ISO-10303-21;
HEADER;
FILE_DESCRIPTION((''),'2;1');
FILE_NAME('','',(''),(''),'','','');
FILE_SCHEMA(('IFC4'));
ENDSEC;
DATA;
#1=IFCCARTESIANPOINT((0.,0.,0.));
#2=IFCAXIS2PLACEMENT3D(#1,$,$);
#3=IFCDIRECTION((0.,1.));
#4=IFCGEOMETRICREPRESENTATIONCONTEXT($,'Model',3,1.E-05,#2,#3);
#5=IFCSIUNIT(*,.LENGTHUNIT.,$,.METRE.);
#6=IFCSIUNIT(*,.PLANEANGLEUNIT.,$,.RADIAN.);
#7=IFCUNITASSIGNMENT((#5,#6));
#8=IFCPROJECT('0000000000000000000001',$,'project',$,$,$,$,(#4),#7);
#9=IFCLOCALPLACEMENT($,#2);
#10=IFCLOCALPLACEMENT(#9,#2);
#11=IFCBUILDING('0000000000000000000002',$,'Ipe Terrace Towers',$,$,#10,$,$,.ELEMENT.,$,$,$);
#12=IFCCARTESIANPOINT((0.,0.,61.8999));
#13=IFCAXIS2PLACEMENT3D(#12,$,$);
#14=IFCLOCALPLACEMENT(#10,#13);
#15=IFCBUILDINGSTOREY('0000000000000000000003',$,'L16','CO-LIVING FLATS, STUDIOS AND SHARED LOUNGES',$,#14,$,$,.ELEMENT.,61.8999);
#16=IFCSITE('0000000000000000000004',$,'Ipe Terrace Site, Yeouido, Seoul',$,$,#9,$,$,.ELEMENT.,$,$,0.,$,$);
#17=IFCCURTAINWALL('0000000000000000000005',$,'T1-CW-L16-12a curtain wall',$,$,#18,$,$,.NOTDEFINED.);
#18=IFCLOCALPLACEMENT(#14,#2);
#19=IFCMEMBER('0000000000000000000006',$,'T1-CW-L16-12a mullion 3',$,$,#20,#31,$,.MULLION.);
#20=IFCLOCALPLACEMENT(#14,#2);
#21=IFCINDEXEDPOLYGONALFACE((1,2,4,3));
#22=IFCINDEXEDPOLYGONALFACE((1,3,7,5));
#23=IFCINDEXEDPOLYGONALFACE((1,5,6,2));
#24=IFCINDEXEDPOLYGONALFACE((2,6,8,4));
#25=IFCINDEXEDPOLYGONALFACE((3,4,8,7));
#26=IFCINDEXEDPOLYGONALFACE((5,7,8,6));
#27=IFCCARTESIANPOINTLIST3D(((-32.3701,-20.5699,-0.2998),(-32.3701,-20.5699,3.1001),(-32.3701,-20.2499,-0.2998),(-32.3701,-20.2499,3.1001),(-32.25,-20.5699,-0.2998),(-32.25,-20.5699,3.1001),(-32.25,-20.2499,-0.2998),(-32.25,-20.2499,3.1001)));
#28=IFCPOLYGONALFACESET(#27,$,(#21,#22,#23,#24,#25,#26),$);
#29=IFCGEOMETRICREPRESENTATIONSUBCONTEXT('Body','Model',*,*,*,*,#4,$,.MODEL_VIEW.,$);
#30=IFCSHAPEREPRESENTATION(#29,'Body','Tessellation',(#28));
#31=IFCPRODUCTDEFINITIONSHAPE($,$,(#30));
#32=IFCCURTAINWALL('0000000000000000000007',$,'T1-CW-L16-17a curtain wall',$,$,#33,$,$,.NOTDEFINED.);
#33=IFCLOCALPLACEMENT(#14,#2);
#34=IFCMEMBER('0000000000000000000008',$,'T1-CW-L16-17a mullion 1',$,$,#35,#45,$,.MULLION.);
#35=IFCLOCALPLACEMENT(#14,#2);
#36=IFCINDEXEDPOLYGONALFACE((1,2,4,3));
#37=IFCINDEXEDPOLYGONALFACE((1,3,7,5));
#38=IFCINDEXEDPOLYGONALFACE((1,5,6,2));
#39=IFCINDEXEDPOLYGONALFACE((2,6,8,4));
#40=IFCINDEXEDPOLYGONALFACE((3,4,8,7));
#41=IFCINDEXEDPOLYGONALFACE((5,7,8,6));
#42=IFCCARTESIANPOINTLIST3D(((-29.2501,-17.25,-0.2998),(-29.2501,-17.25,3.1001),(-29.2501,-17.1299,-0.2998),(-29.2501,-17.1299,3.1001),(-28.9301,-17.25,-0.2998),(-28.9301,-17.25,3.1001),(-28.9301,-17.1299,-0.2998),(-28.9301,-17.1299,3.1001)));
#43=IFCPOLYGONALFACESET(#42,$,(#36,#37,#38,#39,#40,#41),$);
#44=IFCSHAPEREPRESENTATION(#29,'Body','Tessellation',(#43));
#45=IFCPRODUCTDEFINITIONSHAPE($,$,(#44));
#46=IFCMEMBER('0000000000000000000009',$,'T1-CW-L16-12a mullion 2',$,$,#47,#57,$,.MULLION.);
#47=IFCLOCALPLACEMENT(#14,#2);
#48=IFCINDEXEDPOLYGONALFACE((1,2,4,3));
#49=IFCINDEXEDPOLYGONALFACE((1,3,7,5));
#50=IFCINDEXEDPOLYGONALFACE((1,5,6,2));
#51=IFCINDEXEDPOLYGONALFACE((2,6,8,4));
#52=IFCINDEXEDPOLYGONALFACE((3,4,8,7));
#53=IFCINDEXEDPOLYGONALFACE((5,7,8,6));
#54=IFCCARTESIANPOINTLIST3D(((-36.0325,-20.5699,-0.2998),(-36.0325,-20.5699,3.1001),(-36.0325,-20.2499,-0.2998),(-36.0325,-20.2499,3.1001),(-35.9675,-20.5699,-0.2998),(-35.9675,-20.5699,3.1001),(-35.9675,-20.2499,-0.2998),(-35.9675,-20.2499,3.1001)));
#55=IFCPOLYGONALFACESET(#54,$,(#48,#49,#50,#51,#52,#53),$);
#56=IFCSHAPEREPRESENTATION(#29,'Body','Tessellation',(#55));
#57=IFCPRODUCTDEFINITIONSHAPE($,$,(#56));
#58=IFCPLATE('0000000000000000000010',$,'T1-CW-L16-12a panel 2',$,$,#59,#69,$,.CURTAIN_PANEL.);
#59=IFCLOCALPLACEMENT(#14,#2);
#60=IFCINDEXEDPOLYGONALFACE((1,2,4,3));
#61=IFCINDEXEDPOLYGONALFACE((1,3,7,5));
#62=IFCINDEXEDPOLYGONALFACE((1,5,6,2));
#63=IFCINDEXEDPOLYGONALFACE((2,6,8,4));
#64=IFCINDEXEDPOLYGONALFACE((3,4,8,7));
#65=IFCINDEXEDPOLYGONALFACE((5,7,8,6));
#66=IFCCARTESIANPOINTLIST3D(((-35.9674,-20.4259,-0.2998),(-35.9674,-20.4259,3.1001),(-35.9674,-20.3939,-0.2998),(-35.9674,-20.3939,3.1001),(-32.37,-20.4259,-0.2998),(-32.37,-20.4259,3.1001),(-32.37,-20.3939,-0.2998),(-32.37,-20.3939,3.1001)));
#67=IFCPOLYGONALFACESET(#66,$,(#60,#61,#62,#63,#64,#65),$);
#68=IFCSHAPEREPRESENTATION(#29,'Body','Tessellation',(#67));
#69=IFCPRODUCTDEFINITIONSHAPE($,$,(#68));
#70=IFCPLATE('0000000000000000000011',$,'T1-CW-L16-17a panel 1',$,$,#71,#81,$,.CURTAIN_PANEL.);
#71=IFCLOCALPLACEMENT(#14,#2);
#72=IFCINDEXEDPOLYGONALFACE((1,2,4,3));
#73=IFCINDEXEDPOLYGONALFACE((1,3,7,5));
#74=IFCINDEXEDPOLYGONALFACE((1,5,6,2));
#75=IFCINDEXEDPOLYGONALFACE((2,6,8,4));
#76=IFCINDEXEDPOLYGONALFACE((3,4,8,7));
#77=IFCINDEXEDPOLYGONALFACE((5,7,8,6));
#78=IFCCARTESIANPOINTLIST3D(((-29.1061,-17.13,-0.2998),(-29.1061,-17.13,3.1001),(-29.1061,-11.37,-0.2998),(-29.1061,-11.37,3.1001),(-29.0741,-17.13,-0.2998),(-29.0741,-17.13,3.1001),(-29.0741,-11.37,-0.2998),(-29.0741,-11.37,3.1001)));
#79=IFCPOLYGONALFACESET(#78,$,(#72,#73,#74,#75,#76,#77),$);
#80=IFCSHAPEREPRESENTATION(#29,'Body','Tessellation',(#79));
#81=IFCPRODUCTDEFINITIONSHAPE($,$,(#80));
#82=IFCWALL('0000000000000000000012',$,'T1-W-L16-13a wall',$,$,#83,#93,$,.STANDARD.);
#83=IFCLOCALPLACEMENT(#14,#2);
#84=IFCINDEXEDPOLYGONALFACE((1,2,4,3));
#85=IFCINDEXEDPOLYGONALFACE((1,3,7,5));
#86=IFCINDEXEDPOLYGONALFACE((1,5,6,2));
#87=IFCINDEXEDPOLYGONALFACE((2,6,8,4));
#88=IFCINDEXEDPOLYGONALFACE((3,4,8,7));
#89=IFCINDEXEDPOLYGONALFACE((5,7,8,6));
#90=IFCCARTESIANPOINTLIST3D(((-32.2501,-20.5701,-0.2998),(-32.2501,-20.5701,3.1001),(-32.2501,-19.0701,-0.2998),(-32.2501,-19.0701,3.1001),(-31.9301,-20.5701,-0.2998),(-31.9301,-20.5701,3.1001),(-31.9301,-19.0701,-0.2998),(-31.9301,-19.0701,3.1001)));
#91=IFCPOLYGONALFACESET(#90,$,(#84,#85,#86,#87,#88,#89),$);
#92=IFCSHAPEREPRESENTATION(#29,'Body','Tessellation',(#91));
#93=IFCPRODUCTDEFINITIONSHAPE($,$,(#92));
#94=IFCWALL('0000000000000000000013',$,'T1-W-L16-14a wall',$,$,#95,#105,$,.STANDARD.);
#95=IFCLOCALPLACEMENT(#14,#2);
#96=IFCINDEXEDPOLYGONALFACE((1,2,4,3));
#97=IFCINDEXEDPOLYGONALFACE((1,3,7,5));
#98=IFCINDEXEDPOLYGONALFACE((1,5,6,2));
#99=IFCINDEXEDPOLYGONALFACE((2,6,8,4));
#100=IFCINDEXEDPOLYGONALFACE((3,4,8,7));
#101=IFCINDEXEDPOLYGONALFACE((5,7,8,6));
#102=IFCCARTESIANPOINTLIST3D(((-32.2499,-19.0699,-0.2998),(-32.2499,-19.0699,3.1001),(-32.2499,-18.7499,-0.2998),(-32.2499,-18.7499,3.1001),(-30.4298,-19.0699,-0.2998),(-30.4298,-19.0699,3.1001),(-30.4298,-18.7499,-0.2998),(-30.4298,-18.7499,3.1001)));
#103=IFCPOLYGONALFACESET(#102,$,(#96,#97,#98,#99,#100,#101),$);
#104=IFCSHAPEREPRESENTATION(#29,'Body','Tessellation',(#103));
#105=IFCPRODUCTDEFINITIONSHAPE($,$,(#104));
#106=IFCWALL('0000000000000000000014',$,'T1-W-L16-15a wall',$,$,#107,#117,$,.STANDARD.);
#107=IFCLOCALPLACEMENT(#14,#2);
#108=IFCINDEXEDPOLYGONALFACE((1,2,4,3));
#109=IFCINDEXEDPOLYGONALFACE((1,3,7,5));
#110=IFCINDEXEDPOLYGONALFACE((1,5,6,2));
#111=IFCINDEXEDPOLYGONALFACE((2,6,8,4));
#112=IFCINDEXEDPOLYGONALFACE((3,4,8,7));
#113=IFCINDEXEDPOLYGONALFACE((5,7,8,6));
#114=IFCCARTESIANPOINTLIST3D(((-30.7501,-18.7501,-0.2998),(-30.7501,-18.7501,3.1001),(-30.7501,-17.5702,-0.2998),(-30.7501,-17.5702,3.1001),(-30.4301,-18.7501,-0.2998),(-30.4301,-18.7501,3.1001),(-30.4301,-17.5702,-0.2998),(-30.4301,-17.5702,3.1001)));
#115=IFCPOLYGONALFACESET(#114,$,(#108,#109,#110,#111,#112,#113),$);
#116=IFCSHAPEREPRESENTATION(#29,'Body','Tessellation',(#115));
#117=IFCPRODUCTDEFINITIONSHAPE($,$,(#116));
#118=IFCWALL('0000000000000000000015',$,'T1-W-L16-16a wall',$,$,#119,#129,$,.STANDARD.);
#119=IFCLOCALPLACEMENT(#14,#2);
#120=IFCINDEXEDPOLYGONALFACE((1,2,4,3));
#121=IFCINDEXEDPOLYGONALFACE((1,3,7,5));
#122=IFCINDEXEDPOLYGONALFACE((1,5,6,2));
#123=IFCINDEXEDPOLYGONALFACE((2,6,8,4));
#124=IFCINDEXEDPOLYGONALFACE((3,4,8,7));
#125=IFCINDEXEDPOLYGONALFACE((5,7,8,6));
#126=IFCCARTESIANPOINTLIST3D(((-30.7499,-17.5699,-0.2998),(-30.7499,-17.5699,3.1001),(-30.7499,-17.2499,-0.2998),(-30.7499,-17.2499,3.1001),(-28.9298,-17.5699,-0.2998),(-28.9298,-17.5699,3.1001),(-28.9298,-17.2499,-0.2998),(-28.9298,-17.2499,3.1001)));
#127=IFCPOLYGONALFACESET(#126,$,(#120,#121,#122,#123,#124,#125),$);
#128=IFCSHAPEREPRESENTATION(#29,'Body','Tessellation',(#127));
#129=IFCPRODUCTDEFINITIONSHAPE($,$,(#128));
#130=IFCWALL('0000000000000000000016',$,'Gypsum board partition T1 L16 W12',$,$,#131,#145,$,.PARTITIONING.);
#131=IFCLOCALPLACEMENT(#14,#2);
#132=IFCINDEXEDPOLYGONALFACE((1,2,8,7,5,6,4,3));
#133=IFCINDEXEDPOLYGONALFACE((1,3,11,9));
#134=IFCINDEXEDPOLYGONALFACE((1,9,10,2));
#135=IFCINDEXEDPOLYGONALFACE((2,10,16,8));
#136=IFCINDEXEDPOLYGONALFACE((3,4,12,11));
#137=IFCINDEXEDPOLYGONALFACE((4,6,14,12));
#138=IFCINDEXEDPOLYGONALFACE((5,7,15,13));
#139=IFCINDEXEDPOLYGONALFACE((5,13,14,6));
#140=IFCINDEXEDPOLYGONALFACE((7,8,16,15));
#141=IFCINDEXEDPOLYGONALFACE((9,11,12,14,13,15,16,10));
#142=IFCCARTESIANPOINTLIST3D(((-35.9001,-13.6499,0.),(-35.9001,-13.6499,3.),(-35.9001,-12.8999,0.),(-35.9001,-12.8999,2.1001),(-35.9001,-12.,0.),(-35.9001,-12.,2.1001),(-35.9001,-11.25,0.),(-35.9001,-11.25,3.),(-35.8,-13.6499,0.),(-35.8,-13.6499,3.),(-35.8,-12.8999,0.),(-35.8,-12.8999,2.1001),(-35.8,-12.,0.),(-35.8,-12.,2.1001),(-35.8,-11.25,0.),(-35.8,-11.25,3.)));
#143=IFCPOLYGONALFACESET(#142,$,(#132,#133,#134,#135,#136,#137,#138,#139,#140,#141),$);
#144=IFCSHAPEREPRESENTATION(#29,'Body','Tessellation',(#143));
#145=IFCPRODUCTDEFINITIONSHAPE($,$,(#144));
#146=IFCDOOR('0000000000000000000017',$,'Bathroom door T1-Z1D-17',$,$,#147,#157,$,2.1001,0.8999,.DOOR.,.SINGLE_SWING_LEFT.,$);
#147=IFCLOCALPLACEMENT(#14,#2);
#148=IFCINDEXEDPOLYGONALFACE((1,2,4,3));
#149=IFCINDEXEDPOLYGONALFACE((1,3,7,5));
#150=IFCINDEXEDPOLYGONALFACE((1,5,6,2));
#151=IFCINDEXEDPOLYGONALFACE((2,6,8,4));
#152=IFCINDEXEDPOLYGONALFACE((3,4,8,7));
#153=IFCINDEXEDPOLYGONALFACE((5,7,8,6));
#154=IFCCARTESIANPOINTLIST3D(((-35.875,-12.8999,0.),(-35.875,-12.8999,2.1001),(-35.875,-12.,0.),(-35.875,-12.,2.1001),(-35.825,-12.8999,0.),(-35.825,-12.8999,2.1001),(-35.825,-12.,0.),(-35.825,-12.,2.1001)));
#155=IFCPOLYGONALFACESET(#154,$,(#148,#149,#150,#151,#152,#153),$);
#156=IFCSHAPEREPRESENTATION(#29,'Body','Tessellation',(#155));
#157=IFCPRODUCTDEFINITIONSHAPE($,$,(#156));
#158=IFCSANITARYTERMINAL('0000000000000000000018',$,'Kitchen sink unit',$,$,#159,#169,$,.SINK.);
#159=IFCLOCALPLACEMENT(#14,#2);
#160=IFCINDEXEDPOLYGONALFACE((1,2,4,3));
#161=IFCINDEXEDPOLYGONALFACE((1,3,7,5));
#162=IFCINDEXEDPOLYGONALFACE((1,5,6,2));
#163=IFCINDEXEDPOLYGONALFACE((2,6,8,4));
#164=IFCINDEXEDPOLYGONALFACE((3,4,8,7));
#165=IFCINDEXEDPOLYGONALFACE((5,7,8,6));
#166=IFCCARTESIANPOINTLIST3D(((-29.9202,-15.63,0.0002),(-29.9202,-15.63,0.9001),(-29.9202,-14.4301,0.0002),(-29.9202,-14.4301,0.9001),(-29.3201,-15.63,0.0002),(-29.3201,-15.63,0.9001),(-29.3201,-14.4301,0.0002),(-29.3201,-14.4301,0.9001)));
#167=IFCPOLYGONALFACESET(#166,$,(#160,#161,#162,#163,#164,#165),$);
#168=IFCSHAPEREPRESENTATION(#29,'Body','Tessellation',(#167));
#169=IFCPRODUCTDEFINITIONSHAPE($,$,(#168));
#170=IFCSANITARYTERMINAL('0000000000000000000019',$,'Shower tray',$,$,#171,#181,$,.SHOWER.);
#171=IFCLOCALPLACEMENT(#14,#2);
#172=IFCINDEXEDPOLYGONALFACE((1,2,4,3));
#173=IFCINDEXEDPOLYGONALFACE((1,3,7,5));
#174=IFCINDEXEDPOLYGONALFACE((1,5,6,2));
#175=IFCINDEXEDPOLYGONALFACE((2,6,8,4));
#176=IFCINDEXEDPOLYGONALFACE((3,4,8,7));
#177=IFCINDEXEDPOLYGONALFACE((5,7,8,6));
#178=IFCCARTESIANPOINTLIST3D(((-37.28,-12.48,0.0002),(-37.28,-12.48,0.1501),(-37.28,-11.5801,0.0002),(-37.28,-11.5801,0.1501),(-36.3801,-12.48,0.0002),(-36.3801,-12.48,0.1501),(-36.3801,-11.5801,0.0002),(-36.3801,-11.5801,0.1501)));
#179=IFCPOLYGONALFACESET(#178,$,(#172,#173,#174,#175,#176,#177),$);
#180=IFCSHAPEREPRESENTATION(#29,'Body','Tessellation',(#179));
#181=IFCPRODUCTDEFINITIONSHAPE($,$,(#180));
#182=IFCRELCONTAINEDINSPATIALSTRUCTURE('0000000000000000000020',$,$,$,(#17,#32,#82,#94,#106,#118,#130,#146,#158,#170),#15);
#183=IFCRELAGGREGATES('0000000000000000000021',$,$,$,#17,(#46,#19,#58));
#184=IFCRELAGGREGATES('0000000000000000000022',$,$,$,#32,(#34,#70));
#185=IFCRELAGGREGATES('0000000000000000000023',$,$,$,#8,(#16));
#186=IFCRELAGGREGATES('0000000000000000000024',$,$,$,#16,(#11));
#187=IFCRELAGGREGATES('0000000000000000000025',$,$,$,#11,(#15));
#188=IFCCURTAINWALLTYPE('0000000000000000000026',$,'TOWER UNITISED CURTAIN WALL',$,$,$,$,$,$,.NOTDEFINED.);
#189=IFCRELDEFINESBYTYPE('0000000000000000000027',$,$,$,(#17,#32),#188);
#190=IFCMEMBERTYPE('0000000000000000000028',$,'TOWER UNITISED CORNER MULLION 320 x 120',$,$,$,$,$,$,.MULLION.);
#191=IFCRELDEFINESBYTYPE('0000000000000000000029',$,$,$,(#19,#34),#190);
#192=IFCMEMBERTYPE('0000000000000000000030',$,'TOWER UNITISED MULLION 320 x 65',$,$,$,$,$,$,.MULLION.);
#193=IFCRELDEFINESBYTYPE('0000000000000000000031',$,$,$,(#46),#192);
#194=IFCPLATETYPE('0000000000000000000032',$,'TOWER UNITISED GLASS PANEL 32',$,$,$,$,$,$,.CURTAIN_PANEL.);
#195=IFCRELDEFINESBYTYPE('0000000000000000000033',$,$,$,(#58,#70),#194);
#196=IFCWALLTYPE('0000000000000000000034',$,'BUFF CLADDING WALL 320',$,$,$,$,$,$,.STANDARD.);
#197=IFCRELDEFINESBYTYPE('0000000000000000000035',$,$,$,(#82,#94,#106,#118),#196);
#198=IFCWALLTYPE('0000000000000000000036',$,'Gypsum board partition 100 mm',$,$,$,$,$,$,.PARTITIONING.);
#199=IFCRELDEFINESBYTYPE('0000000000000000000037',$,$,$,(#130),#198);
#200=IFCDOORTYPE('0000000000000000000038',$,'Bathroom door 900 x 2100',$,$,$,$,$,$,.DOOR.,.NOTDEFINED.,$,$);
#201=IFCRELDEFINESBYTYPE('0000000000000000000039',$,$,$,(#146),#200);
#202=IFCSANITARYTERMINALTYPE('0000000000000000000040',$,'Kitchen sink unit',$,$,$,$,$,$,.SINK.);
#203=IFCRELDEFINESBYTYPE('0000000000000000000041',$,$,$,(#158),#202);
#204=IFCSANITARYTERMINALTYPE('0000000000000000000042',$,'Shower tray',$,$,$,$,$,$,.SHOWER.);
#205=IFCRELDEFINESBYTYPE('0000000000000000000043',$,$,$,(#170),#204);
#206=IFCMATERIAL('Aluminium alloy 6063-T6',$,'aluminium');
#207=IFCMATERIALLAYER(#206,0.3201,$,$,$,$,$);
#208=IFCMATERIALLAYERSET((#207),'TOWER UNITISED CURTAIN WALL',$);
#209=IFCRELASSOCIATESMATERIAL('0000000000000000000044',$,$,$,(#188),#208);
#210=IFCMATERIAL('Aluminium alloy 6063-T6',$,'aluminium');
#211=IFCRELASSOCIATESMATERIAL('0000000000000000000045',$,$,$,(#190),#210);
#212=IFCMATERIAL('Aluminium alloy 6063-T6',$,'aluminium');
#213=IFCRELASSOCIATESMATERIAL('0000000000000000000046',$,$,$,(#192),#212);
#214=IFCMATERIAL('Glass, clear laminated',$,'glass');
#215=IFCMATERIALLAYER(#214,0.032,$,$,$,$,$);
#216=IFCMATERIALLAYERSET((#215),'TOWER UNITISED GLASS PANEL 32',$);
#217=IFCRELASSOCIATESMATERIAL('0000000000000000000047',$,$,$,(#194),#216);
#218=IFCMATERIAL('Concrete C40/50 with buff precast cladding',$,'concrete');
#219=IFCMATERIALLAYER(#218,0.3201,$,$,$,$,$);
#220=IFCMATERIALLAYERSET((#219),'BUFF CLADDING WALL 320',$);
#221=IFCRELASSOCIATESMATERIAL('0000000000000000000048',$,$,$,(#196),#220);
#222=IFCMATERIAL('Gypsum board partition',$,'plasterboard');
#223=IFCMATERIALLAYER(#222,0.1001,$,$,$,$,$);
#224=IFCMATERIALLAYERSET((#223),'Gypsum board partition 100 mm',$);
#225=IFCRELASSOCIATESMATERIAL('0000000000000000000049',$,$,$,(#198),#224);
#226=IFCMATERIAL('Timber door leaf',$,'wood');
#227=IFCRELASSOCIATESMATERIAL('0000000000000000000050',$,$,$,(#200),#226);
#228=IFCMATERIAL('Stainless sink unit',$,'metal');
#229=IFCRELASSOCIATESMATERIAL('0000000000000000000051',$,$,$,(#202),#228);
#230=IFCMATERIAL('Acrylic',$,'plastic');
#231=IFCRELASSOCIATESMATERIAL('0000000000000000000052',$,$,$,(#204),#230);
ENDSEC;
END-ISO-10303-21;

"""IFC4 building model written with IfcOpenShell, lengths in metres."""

from ifc_helpers import new_model, si_unit, direction, frame, frame_2d, origin, origin_2d, place, context, subcontext, project, spatial, rectangle, extrude, material, layer, layer_set, material_profile, profile_set, type_object, element, fill, aggregate, save


model = new_model("IFC4")

# Units and contexts
model_context = context("Model", 3, precision=1e-05, world=origin(), true_north=direction((0.0, 1.0)))
body_context = subcontext(model_context, "Body", "Model", "MODEL_VIEW")
ifc_project = project(units=[si_unit("LENGTHUNIT", "METRE"), si_unit("PLANEANGLEUNIT", "RADIAN")], contexts=[model_context])

# Site, building, storey
site_placement = place(None, origin())
site = spatial("IfcSite", under=ifc_project, at=site_placement, Name="Ipe Terrace Site, Yeouido, Seoul", CompositionType="ELEMENT", RefElevation=0.0)
building_placement = place(site_placement, origin())
building = spatial("IfcBuilding", under=site, at=building_placement, Name="Ipe Terrace Towers", CompositionType="ELEMENT")
storey_placement = place(building_placement, frame((0.0, 0.0, 61.8999)))
storey = spatial("IfcBuildingStorey", under=building, at=storey_placement, Name="L16", Description="CO-LIVING FLATS, STUDIOS AND SHARED LOUNGES", CompositionType="ELEMENT", Elevation=61.8999)

# Curtain walls, members
ifc_material_1 = material(Name="Aluminium alloy 6063-T6", Category="aluminium")
ifc_layer_1 = layer(ifc_material_1, 0.3201)
ifc_layer_set_1 = layer_set([ifc_layer_1], Name="TOWER UNITISED CURTAIN WALL")
curtain_wall_type = type_object("IfcCurtainWallType", Name="TOWER UNITISED CURTAIN WALL", PredefinedType="NOTDEFINED", material=ifc_layer_set_1)
curtain_wall_1_placement = place(storey_placement, origin())
curtain_wall_1 = element("IfcCurtainWall", 1, at=curtain_wall_1_placement, inside=storey, type_object=curtain_wall_type, Name="T1-CW-L16-12a curtain wall", PredefinedType="NOTDEFINED")
ifc_material_2 = material(Name="Aluminium alloy 6063-T6", Category="aluminium")
ifc_material_profile_1 = material_profile(ifc_material_2, rectangle(XDim=0.3201, YDim=0.1201, at=origin_2d()), Name="TOWER UNITISED CORNER MULLION 320 x 120")
ifc_profile_set_1 = profile_set([ifc_material_profile_1], Name="Aluminium alloy 6063-T6")
member_type_1 = type_object("IfcMemberType", Name="TOWER UNITISED CORNER MULLION 320 x 120", PredefinedType="MULLION", material=ifc_profile_set_1)
member_1_placement = place(storey_placement, frame((-32.3101, -20.4099, -0.2998), z_axis=(0.0, 0.0, 1.0), x_axis=(0.0, -1.0, 0.0)))
member_1 = element("IfcMember", 2, at=member_1_placement, type_object=member_type_1, Name="T1-CW-L16-12a mullion 3", PredefinedType="MULLION", context=body_context, shape_type="SweptSolid", body=[
    extrude(rectangle(XDim=0.3201, YDim=0.1201, at=origin_2d()), origin(), (0.0, 0.0, 1.0), 3.3999),
])
curtain_wall_2_placement = place(storey_placement, origin())
curtain_wall_2 = element("IfcCurtainWall", 3, at=curtain_wall_2_placement, inside=storey, type_object=curtain_wall_type, Name="T1-CW-L16-17a curtain wall", PredefinedType="NOTDEFINED")
member_2_placement = place(storey_placement, frame((-29.0901, -17.1899, -0.2998), z_axis=(0.0, 0.0, 1.0), x_axis=(1.0, 0.0, 0.0)))
member_2 = element("IfcMember", 4, at=member_2_placement, type_object=member_type_1, Name="T1-CW-L16-17a mullion 1", PredefinedType="MULLION", context=body_context, shape_type="SweptSolid", body=[
    extrude(rectangle(XDim=0.3201, YDim=0.1201, at=origin_2d()), origin(), (0.0, 0.0, 1.0), 3.3999),
])

# Member
ifc_material_3 = material(Name="Aluminium alloy 6063-T6", Category="aluminium")
ifc_material_profile_2 = material_profile(ifc_material_3, rectangle(XDim=0.3201, YDim=0.0649, at=origin_2d()), Name="TOWER UNITISED MULLION 320 x 65")
ifc_profile_set_2 = profile_set([ifc_material_profile_2], Name="Aluminium alloy 6063-T6")
member_type_2 = type_object("IfcMemberType", Name="TOWER UNITISED MULLION 320 x 65", PredefinedType="MULLION", material=ifc_profile_set_2)
member_3_placement = place(storey_placement, frame((-36.0, -20.4099, -0.2998), z_axis=(0.0, 0.0, 1.0), x_axis=(0.0, -1.0, 0.0)))
member_3 = element("IfcMember", 5, at=member_3_placement, type_object=member_type_2, Name="T1-CW-L16-12a mullion 2", PredefinedType="MULLION", context=body_context, shape_type="SweptSolid", body=[
    extrude(rectangle(XDim=0.3201, YDim=0.0649, at=origin_2d()), origin(), (0.0, 0.0, 1.0), 3.3999),
])

# Plates
ifc_material_4 = material(Name="Glass, clear laminated", Category="glass")
ifc_layer_2 = layer(ifc_material_4, 0.032)
ifc_layer_set_2 = layer_set([ifc_layer_2], Name="TOWER UNITISED GLASS PANEL 32")
plate_type = type_object("IfcPlateType", Name="TOWER UNITISED GLASS PANEL 32", PredefinedType="CURTAIN_PANEL", material=ifc_layer_set_2)
plate_1_placement = place(storey_placement, frame((-34.1687, -20.4099, -0.2998), z_axis=(0.0, 0.0, 1.0), x_axis=(1.0, 0.0, 0.0)))
plate_1 = element("IfcPlate", 6, at=plate_1_placement, type_object=plate_type, Name="T1-CW-L16-12a panel 2", PredefinedType="CURTAIN_PANEL", context=body_context, shape_type="SweptSolid", body=[
    extrude(rectangle(XDim=3.5974, YDim=0.032, at=origin_2d()), origin(), (0.0, 0.0, 1.0), 3.3999),
])
aggregate(curtain_wall_1, [member_3, member_1, plate_1])
plate_2_placement = place(storey_placement, frame((-29.0901, -14.25, -0.2998), z_axis=(0.0, 0.0, 1.0), x_axis=(0.0, 1.0, 0.0)))
plate_2 = element("IfcPlate", 7, at=plate_2_placement, type_object=plate_type, Name="T1-CW-L16-17a panel 1", PredefinedType="CURTAIN_PANEL", context=body_context, shape_type="SweptSolid", body=[
    extrude(rectangle(XDim=5.76, YDim=0.032, at=origin_2d()), origin(), (0.0, 0.0, 1.0), 3.3999),
])
aggregate(curtain_wall_2, [member_2, plate_2])

# Walls
ifc_material_5 = material(Name="Concrete C40/50 with buff precast cladding", Category="concrete")
ifc_layer_3 = layer(ifc_material_5, 0.3201)
ifc_layer_set_3 = layer_set([ifc_layer_3], Name="BUFF CLADDING WALL 320")
wall_type_1 = type_object("IfcWallType", Name="BUFF CLADDING WALL 320", PredefinedType="STANDARD", material=ifc_layer_set_3)
wall_1_placement = place(storey_placement, frame((-32.0901, -20.5701, -0.2998), z_axis=(0.0, 0.0, 1.0), x_axis=(0.0, 1.0, 0.0)))
element("IfcWall", 8, at=wall_1_placement, inside=storey, type_object=wall_type_1, Name="T1-W-L16-13a wall", PredefinedType="STANDARD", context=body_context, shape_type="SweptSolid", body=[
    extrude(rectangle(XDim=1.5, YDim=0.3201, at=frame_2d((0.75, 0.0))), origin(), (0.0, 0.0, 1.0), 3.3999),
])
wall_2_placement = place(storey_placement, frame((-32.25, -18.9099, -0.2998), z_axis=(0.0, 0.0, 1.0), x_axis=(1.0, 0.0, 0.0)))
element("IfcWall", 9, at=wall_2_placement, inside=storey, type_object=wall_type_1, Name="T1-W-L16-14a wall", PredefinedType="STANDARD", context=body_context, shape_type="SweptSolid", body=[
    extrude(rectangle(XDim=1.8201, YDim=0.3201, at=frame_2d((0.9102, 0.0))), origin(), (0.0, 0.0, 1.0), 3.3999),
])
wall_3_placement = place(storey_placement, frame((-30.5901, -18.75, -0.2998), z_axis=(0.0, 0.0, 1.0), x_axis=(0.0, 1.0, 0.0)))
element("IfcWall", 10, at=wall_3_placement, inside=storey, type_object=wall_type_1, Name="T1-W-L16-15a wall", PredefinedType="STANDARD", context=body_context, shape_type="SweptSolid", body=[
    extrude(rectangle(XDim=1.1799, YDim=0.3201, at=frame_2d((0.5898, 0.0))), origin(), (0.0, 0.0, 1.0), 3.3999),
])
wall_4_placement = place(storey_placement, frame((-30.75, -17.4099, -0.2998), z_axis=(0.0, 0.0, 1.0), x_axis=(1.0, 0.0, 0.0)))
element("IfcWall", 11, at=wall_4_placement, inside=storey, type_object=wall_type_1, Name="T1-W-L16-16a wall", PredefinedType="STANDARD", context=body_context, shape_type="SweptSolid", body=[
    extrude(rectangle(XDim=1.8201, YDim=0.3201, at=frame_2d((0.9102, 0.0))), origin(), (0.0, 0.0, 1.0), 3.3999),
])

# Wall, opening, door
ifc_material_6 = material(Name="Gypsum board partition", Category="plasterboard")
ifc_layer_4 = layer(ifc_material_6, 0.1001)
ifc_layer_set_4 = layer_set([ifc_layer_4], Name="Gypsum board partition 100 mm")
wall_type_2 = type_object("IfcWallType", Name="Gypsum board partition 100 mm", PredefinedType="PARTITIONING", material=ifc_layer_set_4)
wall_5_placement = place(storey_placement, frame((-35.8501, -13.6499, 0.0), z_axis=(0.0, 0.0, 1.0), x_axis=(0.0, 1.0, 0.0)))
wall_5 = element("IfcWall", 12, at=wall_5_placement, inside=storey, type_object=wall_type_2, Name="Gypsum board partition T1 L16 W12", PredefinedType="PARTITIONING", context=body_context, shape_type="SweptSolid", body=[
    extrude(rectangle(XDim=2.3999, YDim=0.1001, at=frame_2d((1.2, 0.0))), origin(), (0.0, 0.0, 1.0), 3.0),
])
opening_placement = place(wall_5_placement, frame((0.75, 0.0, 0.0)))
opening = element("IfcOpeningElement", 13, at=opening_placement, cuts=wall_5, PredefinedType="OPENING", context=body_context, shape_type="SweptSolid", body=[
    extrude(rectangle(XDim=0.8999, YDim=2.1001, at=frame_2d((0.45, 1.05))), frame((0.0, 0.0601, 0.0), z_axis=(0.0, -1.0, 0.0), x_axis=(1.0, 0.0, 0.0)), (0.0, 0.0, 1.0), 0.1201),
])
ifc_material_7 = material(Name="Timber door leaf", Category="wood")
door_type = type_object("IfcDoorType", Name="Bathroom door 900 x 2100", OperationType="NOTDEFINED", PredefinedType="DOOR", material=ifc_material_7)
door_placement = place(opening_placement, origin())
door = element("IfcDoor", 14, at=door_placement, inside=storey, type_object=door_type, Name="Bathroom door T1-Z1D-17", OperationType="SINGLE_SWING_LEFT", OverallHeight=2.1001, OverallWidth=0.8999, PredefinedType="DOOR", context=body_context, shape_type="SweptSolid", body=[
    extrude(rectangle(XDim=0.8999, YDim=2.1001, at=frame_2d((0.45, 1.05))), frame((0.0, 0.0249, 0.0), z_axis=(0.0, -1.0, 0.0), x_axis=(1.0, 0.0, 0.0)), (0.0, 0.0, 1.0), 0.05),
])
fill(opening, door)

# Sanitary terminals
ifc_material_8 = material(Name="Stainless sink unit", Category="metal")
sanitary_terminal_type_1 = type_object("IfcSanitaryTerminalType", Name="Kitchen sink unit", PredefinedType="SINK", material=ifc_material_8)
sanitary_terminal_1_placement = place(storey_placement, frame((-29.6201, -15.03, 0.0002), z_axis=(0.0, 0.0, 1.0), x_axis=(0.0, -1.0, 0.0)))
element("IfcSanitaryTerminal", 15, at=sanitary_terminal_1_placement, inside=storey, type_object=sanitary_terminal_type_1, Name="Kitchen sink unit", PredefinedType="SINK", context=body_context, shape_type="SweptSolid", body=[
    extrude(rectangle(XDim=1.2, YDim=0.6001, at=origin_2d()), origin(), (0.0, 0.0, 1.0), 0.8999),
])
ifc_material_9 = material(Name="Acrylic", Category="plastic")
sanitary_terminal_type_2 = type_object("IfcSanitaryTerminalType", Name="Shower tray", PredefinedType="SHOWER", material=ifc_material_9)
sanitary_terminal_2_placement = place(storey_placement, frame((-36.8301, -12.03, 0.0002), z_axis=(0.0, 0.0, 1.0), x_axis=(1.0, 0.0, 0.0)))
element("IfcSanitaryTerminal", 16, at=sanitary_terminal_2_placement, inside=storey, type_object=sanitary_terminal_type_2, Name="Shower tray", PredefinedType="SHOWER", context=body_context, shape_type="SweptSolid", body=[
    extrude(rectangle(XDim=0.8999, YDim=0.8999, at=origin_2d()), origin(), (0.0, 0.0, 1.0), 0.1499),
])

save(model, "model.ifc")
